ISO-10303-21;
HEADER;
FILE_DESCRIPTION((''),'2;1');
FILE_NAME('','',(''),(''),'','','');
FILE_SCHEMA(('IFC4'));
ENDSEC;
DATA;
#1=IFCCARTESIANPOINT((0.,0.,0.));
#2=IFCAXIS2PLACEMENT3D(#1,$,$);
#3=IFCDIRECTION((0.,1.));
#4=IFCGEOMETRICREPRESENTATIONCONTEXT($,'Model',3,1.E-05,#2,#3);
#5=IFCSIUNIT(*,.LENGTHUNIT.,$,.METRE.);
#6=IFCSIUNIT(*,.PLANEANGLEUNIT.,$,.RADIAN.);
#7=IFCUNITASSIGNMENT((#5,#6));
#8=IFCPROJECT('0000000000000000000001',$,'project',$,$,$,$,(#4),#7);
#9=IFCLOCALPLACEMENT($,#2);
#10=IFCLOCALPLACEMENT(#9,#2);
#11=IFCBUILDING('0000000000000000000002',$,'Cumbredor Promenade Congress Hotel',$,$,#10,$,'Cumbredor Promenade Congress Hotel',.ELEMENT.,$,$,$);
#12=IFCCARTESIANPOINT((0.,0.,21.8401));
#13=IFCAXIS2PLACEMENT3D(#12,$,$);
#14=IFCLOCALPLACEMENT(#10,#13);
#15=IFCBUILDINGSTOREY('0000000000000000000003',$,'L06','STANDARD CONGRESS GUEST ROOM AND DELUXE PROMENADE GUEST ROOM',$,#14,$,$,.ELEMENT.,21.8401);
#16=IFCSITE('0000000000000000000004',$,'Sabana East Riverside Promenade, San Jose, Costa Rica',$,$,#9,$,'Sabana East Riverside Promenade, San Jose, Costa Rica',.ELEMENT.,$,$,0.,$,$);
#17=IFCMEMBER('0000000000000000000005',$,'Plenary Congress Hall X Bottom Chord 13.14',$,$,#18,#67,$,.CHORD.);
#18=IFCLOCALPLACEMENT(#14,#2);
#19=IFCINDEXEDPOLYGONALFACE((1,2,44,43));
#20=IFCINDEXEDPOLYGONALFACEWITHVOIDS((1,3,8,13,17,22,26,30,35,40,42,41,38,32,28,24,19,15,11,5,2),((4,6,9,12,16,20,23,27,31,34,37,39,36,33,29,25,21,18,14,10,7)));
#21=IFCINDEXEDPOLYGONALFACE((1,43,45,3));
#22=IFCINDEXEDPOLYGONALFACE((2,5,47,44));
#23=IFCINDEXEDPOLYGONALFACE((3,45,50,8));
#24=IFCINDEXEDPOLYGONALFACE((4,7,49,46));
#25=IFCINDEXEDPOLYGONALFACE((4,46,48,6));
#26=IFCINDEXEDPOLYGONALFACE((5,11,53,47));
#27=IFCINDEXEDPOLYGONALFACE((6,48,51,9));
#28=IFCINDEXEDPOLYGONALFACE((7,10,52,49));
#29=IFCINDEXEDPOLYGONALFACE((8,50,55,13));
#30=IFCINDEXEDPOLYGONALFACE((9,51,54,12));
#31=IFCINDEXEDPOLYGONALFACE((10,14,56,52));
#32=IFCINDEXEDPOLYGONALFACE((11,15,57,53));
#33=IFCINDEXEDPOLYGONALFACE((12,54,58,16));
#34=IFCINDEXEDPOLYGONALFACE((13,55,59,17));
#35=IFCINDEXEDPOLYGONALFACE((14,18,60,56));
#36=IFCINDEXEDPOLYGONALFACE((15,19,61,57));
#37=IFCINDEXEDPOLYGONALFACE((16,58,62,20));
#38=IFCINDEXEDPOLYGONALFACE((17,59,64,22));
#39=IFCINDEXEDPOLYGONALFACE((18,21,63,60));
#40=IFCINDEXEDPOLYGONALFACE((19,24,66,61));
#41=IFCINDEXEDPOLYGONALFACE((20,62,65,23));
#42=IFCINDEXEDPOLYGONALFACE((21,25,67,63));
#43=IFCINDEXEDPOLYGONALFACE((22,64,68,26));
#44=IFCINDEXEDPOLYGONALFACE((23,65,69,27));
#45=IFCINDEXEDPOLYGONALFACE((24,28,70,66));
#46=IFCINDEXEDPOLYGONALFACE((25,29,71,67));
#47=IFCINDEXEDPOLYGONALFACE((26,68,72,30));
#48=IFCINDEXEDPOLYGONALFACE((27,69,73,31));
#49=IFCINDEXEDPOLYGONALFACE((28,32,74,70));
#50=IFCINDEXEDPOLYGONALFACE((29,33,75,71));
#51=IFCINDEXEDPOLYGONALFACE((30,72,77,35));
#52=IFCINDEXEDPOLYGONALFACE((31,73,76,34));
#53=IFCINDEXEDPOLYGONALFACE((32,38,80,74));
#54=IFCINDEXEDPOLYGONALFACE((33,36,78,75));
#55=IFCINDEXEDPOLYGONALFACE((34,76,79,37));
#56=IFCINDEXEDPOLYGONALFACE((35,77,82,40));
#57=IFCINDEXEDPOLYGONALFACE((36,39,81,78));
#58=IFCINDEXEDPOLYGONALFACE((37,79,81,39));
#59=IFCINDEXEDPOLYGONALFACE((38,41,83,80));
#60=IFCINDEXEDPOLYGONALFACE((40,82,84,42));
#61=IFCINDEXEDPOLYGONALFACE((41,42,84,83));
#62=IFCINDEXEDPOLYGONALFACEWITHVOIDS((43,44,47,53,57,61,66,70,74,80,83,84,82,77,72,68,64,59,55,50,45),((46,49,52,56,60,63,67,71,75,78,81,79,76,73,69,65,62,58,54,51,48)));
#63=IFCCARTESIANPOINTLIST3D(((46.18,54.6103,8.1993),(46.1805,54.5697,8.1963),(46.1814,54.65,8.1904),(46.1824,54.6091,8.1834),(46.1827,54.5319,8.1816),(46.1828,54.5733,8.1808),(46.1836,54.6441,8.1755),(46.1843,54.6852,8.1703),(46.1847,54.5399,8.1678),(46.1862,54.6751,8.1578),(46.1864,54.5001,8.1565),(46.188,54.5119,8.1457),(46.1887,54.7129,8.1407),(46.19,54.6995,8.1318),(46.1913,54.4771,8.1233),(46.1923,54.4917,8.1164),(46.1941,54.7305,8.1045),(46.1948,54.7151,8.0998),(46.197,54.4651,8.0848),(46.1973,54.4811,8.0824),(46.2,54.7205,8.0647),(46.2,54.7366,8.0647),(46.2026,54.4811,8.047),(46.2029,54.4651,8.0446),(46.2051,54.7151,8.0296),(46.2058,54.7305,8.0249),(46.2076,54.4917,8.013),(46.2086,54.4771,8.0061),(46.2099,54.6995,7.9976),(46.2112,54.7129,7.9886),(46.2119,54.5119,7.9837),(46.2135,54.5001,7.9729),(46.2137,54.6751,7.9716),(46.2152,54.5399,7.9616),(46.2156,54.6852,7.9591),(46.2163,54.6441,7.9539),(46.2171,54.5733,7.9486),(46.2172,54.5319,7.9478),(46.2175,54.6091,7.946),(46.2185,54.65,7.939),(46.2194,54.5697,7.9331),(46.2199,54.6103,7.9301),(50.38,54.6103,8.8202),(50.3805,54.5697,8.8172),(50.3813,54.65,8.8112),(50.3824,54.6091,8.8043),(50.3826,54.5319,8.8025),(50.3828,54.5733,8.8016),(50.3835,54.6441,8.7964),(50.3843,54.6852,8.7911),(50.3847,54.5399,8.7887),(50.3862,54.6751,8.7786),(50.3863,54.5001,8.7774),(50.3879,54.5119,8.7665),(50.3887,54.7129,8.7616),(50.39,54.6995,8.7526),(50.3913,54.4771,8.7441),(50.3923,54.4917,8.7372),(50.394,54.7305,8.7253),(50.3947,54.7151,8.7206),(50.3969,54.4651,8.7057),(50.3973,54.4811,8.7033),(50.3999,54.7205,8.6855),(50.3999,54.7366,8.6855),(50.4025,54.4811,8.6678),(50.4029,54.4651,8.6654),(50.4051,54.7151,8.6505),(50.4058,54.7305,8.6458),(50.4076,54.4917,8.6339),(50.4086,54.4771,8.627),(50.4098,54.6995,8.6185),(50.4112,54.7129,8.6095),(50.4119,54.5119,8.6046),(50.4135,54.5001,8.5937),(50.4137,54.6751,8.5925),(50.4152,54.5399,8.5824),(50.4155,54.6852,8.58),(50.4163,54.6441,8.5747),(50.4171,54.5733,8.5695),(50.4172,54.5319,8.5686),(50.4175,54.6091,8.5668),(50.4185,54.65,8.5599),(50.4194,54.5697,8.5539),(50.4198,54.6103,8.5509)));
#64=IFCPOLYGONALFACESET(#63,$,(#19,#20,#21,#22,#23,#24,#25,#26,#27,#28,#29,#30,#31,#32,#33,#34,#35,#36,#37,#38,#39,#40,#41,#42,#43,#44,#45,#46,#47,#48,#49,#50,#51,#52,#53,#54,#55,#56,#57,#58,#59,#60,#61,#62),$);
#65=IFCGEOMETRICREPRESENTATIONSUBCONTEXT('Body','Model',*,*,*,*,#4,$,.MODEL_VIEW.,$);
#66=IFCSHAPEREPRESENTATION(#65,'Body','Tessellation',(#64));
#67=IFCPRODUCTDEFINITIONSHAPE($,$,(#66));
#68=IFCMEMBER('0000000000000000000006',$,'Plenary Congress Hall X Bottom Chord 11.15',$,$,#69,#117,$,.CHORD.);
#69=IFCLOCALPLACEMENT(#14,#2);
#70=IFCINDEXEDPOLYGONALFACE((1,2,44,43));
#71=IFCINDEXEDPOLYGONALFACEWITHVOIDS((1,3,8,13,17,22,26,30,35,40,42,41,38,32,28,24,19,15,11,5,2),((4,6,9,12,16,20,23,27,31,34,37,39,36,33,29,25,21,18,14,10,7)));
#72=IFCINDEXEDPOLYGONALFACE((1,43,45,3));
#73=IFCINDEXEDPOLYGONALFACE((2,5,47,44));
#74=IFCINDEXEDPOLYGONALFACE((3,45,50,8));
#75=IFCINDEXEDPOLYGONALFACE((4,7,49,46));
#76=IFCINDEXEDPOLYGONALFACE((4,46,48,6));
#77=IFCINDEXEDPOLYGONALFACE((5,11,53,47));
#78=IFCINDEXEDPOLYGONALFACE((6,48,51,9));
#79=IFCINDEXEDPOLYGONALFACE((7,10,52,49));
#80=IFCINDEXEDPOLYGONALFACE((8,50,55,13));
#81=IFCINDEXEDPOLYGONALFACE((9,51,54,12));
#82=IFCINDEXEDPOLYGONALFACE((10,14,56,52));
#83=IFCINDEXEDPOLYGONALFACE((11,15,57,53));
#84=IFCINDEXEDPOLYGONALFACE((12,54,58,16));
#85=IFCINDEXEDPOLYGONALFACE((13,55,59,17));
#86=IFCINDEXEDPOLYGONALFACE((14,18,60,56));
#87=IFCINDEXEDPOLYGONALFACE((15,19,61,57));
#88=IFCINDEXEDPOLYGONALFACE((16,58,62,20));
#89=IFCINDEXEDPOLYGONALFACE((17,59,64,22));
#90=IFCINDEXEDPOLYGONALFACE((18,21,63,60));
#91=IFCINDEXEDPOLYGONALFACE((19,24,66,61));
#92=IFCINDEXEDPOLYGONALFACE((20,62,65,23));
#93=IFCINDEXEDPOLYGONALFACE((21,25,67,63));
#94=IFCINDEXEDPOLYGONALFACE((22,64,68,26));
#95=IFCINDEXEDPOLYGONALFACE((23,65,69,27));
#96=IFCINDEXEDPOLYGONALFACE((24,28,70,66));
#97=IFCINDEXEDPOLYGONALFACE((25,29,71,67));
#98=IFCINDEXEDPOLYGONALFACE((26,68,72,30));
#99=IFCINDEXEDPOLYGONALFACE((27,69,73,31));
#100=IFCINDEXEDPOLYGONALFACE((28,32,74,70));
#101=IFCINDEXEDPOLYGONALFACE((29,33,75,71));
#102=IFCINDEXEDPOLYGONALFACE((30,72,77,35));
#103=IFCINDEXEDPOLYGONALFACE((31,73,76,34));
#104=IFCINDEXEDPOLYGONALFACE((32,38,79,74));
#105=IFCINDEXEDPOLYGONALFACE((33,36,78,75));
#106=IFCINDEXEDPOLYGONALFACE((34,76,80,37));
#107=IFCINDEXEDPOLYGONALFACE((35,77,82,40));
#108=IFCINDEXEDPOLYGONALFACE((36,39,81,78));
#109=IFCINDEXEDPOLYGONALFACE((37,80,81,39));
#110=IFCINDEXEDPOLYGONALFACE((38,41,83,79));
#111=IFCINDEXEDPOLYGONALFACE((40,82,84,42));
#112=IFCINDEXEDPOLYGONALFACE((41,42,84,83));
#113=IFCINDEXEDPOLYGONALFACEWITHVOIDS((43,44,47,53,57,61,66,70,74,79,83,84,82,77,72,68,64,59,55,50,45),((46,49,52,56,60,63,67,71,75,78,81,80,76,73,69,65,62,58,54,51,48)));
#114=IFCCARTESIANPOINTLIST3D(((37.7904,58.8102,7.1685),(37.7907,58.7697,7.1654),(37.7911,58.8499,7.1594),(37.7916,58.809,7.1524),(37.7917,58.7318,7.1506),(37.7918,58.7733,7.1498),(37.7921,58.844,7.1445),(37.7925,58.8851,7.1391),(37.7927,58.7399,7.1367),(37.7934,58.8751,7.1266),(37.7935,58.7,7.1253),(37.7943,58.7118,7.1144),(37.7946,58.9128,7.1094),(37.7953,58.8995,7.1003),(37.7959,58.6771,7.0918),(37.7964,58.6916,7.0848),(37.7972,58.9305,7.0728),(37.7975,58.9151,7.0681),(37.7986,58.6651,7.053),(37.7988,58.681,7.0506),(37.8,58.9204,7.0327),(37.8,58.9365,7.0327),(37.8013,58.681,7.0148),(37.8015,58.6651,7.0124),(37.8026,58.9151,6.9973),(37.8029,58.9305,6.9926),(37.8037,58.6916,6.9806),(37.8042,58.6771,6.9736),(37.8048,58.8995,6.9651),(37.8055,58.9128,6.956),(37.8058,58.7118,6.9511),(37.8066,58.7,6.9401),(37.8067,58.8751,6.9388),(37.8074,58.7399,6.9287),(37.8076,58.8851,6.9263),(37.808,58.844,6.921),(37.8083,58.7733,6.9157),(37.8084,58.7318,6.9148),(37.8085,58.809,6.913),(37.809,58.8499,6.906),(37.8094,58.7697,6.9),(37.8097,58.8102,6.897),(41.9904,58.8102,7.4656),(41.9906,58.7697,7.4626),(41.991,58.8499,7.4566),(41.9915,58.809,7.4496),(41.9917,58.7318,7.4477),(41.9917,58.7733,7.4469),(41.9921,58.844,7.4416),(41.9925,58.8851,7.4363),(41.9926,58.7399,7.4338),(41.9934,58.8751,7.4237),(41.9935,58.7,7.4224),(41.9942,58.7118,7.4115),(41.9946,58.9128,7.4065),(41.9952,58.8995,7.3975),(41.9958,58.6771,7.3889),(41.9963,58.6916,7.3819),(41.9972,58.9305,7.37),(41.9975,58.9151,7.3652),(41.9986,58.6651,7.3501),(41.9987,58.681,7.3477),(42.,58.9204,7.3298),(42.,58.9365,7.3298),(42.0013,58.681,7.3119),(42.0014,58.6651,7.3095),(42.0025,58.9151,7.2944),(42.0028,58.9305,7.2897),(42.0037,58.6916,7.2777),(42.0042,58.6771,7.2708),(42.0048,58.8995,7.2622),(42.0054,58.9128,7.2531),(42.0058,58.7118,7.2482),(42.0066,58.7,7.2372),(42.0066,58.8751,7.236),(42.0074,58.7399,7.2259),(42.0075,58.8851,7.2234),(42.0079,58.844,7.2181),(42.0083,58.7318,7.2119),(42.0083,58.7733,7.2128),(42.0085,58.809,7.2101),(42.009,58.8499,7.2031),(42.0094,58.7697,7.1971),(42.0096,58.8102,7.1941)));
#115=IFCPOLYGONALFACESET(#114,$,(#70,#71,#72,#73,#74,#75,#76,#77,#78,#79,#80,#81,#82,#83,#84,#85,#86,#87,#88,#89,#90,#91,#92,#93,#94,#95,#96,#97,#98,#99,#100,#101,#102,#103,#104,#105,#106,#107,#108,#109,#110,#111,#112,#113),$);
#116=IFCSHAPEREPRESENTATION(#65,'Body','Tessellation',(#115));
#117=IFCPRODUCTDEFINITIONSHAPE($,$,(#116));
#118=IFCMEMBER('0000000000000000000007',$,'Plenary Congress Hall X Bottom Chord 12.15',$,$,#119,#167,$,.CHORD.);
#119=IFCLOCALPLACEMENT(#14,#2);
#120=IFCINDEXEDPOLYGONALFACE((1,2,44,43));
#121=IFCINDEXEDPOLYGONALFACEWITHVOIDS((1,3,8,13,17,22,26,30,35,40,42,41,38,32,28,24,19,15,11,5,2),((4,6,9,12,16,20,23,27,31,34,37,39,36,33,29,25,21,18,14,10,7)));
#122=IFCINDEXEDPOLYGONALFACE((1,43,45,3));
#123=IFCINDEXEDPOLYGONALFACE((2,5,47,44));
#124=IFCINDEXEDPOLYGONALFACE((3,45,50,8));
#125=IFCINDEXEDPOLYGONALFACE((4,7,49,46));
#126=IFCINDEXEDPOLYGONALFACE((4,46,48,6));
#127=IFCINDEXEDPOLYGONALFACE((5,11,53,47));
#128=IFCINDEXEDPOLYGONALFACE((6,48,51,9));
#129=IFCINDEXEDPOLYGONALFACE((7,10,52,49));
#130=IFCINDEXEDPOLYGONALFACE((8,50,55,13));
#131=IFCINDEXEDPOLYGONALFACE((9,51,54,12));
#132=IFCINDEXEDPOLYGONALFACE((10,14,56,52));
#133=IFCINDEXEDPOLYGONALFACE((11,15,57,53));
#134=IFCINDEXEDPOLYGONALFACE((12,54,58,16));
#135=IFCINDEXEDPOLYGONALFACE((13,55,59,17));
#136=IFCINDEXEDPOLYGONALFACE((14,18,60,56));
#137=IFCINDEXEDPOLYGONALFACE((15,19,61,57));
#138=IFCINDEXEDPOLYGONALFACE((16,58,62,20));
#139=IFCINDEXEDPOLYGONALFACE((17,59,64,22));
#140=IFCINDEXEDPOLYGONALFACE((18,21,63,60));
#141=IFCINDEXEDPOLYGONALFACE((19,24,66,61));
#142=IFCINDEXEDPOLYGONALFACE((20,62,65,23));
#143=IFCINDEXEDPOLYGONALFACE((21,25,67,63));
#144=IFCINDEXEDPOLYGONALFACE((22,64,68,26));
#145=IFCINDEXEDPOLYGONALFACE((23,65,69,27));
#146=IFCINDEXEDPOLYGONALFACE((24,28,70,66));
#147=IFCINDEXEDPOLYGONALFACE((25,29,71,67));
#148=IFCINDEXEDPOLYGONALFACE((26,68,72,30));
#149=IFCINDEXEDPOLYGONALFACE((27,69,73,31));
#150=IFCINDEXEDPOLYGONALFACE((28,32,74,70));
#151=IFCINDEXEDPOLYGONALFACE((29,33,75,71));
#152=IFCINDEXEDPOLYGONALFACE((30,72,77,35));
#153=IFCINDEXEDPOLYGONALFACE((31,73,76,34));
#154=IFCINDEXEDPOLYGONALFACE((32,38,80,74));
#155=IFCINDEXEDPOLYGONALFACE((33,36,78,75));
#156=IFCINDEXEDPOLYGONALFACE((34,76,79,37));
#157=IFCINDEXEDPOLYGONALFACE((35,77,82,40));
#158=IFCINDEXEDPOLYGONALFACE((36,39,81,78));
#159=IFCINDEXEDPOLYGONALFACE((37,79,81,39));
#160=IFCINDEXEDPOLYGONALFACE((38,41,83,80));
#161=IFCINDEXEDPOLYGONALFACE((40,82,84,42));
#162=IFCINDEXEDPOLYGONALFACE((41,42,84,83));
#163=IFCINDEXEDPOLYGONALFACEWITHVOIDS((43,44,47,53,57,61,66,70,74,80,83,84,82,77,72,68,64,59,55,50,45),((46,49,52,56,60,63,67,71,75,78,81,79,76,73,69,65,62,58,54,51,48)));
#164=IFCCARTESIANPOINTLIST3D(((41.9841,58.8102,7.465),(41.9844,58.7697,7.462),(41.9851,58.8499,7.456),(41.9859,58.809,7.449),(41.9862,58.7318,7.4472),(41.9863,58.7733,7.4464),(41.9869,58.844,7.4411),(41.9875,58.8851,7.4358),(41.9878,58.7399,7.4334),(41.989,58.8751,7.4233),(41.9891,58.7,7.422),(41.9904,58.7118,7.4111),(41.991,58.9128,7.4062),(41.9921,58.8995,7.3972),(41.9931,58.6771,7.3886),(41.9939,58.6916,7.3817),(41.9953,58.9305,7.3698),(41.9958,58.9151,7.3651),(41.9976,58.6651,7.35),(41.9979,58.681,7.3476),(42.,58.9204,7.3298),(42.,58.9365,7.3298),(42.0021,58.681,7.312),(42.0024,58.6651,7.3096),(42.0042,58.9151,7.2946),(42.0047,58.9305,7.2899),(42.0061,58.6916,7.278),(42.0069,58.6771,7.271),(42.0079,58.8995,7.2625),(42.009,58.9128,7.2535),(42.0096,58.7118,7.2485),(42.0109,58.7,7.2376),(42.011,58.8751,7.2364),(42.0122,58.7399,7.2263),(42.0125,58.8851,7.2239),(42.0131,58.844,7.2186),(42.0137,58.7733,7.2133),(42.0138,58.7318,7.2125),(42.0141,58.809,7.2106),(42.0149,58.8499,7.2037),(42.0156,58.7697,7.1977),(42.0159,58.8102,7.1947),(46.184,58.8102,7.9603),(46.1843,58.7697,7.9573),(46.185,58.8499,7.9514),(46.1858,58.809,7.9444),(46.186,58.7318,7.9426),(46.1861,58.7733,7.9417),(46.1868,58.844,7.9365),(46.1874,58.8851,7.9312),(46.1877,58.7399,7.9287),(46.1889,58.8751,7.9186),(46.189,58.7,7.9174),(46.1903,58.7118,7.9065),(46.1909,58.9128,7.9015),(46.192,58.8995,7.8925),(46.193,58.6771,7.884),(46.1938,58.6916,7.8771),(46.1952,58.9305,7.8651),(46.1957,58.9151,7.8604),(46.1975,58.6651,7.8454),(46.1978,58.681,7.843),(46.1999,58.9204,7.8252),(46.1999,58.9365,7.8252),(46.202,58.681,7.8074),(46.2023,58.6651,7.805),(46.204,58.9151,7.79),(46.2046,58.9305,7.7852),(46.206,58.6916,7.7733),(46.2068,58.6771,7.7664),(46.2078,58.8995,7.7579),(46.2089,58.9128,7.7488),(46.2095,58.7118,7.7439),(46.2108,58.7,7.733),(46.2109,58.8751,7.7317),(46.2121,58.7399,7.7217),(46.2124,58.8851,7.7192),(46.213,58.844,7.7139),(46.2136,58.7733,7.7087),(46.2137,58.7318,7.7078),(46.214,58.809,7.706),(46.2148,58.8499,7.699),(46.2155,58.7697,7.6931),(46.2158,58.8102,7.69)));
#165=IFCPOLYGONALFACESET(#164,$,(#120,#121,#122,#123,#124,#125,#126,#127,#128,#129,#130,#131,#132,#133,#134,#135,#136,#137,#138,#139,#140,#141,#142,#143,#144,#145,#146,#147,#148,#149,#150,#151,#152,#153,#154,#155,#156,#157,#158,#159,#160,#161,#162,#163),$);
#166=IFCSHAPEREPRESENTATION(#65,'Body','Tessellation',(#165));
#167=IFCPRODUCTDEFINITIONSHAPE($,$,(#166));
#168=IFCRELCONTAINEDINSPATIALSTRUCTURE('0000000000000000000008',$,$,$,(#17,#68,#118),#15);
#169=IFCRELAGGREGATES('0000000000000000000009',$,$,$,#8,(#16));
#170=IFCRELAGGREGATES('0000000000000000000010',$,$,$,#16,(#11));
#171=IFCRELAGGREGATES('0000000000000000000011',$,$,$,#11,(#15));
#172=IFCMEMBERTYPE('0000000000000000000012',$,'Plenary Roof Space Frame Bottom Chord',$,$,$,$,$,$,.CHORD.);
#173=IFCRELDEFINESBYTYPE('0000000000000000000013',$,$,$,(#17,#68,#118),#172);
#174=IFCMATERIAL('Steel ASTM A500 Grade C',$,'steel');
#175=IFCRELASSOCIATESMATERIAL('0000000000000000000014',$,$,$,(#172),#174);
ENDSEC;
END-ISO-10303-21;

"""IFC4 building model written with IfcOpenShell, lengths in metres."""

from ifc_helpers import new_model, si_unit, direction, frame, origin, origin_2d, place, context, subcontext, project, spatial, hollow_circle, extrude, material, material_profile, profile_set, type_object, element, save


model = new_model("IFC4")

# Units and contexts
model_context = context("Model", 3, precision=1e-05, world=origin(), true_north=direction((0.0, 1.0)))
body_context = subcontext(model_context, "Body", "Model", "MODEL_VIEW")
ifc_project = project(units=[si_unit("LENGTHUNIT", "METRE"), si_unit("PLANEANGLEUNIT", "RADIAN")], contexts=[model_context])

# Site, building, storey
site_placement = place(None, origin())
site = spatial("IfcSite", under=ifc_project, at=site_placement, Name="Sabana East Riverside Promenade, San Jose, Costa Rica", LongName="Sabana East Riverside Promenade, San Jose, Costa Rica", CompositionType="ELEMENT", RefElevation=0.0)
building_placement = place(site_placement, origin())
building = spatial("IfcBuilding", under=site, at=building_placement, Name="Cumbredor Promenade Congress Hotel", LongName="Cumbredor Promenade Congress Hotel", CompositionType="ELEMENT")
storey_placement = place(building_placement, frame((0.0, 0.0, 21.8401)))
storey = spatial("IfcBuildingStorey", under=building, at=storey_placement, Name="L06", Description="STANDARD CONGRESS GUEST ROOM AND DELUXE PROMENADE GUEST ROOM", CompositionType="ELEMENT", Elevation=21.8401)

# Members
ifc_material_1 = material(Name="Steel ASTM A500 Grade C", Category="steel")
ifc_material_profile_1 = material_profile(ifc_material_1, hollow_circle(Radius=0.1365, WallThickness=0.0161, at=origin_2d()), Name="CHS 273.0x16")
ifc_profile_set_1 = profile_set([ifc_material_profile_1], Name="Steel ASTM A500 Grade C")
member_type_1 = type_object("IfcMemberType", Name="Plenary Roof Space Frame Bottom Chord", PredefinedType="CHORD", material=ifc_profile_set_1)
member_1_placement = place(storey_placement, frame((46.2, 54.6001, 8.0647), z_axis=(0.98925, 0.0, 0.146234), x_axis=(0.0, 1.0, 0.0)))
element("IfcMember", 1, at=member_1_placement, inside=storey, type_object=member_type_1, Name="Plenary Congress Hall X Bottom Chord 13.14", PredefinedType="CHORD", context=body_context, shape_type="SweptSolid", body=[
    extrude(hollow_circle(Radius=0.1365, WallThickness=0.0161, at=origin_2d()), origin(), (0.0, 0.0, 1.0), 4.2456),
])
member_2_placement = place(storey_placement, frame((37.8, 58.8, 7.0327), z_axis=(0.997507, 0.0, 0.070567), x_axis=(0.0, 1.0, 0.0)))
element("IfcMember", 2, at=member_2_placement, inside=storey, type_object=member_type_1, Name="Plenary Congress Hall X Bottom Chord 11.15", PredefinedType="CHORD", context=body_context, shape_type="SweptSolid", body=[
    extrude(hollow_circle(Radius=0.1365, WallThickness=0.0161, at=origin_2d()), origin(), (0.0, 0.0, 1.0), 4.2104),
])
member_3_placement = place(storey_placement, frame((42.0, 58.8, 7.3298), z_axis=(0.993116, 0.0, 0.117133), x_axis=(0.0, 1.0, 0.0)))
element("IfcMember", 3, at=member_3_placement, inside=storey, type_object=member_type_1, Name="Plenary Congress Hall X Bottom Chord 12.15", PredefinedType="CHORD", context=body_context, shape_type="SweptSolid", body=[
    extrude(hollow_circle(Radius=0.1365, WallThickness=0.0161, at=origin_2d()), origin(), (0.0, 0.0, 1.0), 4.229),
])

save(model, "model.ifc")
